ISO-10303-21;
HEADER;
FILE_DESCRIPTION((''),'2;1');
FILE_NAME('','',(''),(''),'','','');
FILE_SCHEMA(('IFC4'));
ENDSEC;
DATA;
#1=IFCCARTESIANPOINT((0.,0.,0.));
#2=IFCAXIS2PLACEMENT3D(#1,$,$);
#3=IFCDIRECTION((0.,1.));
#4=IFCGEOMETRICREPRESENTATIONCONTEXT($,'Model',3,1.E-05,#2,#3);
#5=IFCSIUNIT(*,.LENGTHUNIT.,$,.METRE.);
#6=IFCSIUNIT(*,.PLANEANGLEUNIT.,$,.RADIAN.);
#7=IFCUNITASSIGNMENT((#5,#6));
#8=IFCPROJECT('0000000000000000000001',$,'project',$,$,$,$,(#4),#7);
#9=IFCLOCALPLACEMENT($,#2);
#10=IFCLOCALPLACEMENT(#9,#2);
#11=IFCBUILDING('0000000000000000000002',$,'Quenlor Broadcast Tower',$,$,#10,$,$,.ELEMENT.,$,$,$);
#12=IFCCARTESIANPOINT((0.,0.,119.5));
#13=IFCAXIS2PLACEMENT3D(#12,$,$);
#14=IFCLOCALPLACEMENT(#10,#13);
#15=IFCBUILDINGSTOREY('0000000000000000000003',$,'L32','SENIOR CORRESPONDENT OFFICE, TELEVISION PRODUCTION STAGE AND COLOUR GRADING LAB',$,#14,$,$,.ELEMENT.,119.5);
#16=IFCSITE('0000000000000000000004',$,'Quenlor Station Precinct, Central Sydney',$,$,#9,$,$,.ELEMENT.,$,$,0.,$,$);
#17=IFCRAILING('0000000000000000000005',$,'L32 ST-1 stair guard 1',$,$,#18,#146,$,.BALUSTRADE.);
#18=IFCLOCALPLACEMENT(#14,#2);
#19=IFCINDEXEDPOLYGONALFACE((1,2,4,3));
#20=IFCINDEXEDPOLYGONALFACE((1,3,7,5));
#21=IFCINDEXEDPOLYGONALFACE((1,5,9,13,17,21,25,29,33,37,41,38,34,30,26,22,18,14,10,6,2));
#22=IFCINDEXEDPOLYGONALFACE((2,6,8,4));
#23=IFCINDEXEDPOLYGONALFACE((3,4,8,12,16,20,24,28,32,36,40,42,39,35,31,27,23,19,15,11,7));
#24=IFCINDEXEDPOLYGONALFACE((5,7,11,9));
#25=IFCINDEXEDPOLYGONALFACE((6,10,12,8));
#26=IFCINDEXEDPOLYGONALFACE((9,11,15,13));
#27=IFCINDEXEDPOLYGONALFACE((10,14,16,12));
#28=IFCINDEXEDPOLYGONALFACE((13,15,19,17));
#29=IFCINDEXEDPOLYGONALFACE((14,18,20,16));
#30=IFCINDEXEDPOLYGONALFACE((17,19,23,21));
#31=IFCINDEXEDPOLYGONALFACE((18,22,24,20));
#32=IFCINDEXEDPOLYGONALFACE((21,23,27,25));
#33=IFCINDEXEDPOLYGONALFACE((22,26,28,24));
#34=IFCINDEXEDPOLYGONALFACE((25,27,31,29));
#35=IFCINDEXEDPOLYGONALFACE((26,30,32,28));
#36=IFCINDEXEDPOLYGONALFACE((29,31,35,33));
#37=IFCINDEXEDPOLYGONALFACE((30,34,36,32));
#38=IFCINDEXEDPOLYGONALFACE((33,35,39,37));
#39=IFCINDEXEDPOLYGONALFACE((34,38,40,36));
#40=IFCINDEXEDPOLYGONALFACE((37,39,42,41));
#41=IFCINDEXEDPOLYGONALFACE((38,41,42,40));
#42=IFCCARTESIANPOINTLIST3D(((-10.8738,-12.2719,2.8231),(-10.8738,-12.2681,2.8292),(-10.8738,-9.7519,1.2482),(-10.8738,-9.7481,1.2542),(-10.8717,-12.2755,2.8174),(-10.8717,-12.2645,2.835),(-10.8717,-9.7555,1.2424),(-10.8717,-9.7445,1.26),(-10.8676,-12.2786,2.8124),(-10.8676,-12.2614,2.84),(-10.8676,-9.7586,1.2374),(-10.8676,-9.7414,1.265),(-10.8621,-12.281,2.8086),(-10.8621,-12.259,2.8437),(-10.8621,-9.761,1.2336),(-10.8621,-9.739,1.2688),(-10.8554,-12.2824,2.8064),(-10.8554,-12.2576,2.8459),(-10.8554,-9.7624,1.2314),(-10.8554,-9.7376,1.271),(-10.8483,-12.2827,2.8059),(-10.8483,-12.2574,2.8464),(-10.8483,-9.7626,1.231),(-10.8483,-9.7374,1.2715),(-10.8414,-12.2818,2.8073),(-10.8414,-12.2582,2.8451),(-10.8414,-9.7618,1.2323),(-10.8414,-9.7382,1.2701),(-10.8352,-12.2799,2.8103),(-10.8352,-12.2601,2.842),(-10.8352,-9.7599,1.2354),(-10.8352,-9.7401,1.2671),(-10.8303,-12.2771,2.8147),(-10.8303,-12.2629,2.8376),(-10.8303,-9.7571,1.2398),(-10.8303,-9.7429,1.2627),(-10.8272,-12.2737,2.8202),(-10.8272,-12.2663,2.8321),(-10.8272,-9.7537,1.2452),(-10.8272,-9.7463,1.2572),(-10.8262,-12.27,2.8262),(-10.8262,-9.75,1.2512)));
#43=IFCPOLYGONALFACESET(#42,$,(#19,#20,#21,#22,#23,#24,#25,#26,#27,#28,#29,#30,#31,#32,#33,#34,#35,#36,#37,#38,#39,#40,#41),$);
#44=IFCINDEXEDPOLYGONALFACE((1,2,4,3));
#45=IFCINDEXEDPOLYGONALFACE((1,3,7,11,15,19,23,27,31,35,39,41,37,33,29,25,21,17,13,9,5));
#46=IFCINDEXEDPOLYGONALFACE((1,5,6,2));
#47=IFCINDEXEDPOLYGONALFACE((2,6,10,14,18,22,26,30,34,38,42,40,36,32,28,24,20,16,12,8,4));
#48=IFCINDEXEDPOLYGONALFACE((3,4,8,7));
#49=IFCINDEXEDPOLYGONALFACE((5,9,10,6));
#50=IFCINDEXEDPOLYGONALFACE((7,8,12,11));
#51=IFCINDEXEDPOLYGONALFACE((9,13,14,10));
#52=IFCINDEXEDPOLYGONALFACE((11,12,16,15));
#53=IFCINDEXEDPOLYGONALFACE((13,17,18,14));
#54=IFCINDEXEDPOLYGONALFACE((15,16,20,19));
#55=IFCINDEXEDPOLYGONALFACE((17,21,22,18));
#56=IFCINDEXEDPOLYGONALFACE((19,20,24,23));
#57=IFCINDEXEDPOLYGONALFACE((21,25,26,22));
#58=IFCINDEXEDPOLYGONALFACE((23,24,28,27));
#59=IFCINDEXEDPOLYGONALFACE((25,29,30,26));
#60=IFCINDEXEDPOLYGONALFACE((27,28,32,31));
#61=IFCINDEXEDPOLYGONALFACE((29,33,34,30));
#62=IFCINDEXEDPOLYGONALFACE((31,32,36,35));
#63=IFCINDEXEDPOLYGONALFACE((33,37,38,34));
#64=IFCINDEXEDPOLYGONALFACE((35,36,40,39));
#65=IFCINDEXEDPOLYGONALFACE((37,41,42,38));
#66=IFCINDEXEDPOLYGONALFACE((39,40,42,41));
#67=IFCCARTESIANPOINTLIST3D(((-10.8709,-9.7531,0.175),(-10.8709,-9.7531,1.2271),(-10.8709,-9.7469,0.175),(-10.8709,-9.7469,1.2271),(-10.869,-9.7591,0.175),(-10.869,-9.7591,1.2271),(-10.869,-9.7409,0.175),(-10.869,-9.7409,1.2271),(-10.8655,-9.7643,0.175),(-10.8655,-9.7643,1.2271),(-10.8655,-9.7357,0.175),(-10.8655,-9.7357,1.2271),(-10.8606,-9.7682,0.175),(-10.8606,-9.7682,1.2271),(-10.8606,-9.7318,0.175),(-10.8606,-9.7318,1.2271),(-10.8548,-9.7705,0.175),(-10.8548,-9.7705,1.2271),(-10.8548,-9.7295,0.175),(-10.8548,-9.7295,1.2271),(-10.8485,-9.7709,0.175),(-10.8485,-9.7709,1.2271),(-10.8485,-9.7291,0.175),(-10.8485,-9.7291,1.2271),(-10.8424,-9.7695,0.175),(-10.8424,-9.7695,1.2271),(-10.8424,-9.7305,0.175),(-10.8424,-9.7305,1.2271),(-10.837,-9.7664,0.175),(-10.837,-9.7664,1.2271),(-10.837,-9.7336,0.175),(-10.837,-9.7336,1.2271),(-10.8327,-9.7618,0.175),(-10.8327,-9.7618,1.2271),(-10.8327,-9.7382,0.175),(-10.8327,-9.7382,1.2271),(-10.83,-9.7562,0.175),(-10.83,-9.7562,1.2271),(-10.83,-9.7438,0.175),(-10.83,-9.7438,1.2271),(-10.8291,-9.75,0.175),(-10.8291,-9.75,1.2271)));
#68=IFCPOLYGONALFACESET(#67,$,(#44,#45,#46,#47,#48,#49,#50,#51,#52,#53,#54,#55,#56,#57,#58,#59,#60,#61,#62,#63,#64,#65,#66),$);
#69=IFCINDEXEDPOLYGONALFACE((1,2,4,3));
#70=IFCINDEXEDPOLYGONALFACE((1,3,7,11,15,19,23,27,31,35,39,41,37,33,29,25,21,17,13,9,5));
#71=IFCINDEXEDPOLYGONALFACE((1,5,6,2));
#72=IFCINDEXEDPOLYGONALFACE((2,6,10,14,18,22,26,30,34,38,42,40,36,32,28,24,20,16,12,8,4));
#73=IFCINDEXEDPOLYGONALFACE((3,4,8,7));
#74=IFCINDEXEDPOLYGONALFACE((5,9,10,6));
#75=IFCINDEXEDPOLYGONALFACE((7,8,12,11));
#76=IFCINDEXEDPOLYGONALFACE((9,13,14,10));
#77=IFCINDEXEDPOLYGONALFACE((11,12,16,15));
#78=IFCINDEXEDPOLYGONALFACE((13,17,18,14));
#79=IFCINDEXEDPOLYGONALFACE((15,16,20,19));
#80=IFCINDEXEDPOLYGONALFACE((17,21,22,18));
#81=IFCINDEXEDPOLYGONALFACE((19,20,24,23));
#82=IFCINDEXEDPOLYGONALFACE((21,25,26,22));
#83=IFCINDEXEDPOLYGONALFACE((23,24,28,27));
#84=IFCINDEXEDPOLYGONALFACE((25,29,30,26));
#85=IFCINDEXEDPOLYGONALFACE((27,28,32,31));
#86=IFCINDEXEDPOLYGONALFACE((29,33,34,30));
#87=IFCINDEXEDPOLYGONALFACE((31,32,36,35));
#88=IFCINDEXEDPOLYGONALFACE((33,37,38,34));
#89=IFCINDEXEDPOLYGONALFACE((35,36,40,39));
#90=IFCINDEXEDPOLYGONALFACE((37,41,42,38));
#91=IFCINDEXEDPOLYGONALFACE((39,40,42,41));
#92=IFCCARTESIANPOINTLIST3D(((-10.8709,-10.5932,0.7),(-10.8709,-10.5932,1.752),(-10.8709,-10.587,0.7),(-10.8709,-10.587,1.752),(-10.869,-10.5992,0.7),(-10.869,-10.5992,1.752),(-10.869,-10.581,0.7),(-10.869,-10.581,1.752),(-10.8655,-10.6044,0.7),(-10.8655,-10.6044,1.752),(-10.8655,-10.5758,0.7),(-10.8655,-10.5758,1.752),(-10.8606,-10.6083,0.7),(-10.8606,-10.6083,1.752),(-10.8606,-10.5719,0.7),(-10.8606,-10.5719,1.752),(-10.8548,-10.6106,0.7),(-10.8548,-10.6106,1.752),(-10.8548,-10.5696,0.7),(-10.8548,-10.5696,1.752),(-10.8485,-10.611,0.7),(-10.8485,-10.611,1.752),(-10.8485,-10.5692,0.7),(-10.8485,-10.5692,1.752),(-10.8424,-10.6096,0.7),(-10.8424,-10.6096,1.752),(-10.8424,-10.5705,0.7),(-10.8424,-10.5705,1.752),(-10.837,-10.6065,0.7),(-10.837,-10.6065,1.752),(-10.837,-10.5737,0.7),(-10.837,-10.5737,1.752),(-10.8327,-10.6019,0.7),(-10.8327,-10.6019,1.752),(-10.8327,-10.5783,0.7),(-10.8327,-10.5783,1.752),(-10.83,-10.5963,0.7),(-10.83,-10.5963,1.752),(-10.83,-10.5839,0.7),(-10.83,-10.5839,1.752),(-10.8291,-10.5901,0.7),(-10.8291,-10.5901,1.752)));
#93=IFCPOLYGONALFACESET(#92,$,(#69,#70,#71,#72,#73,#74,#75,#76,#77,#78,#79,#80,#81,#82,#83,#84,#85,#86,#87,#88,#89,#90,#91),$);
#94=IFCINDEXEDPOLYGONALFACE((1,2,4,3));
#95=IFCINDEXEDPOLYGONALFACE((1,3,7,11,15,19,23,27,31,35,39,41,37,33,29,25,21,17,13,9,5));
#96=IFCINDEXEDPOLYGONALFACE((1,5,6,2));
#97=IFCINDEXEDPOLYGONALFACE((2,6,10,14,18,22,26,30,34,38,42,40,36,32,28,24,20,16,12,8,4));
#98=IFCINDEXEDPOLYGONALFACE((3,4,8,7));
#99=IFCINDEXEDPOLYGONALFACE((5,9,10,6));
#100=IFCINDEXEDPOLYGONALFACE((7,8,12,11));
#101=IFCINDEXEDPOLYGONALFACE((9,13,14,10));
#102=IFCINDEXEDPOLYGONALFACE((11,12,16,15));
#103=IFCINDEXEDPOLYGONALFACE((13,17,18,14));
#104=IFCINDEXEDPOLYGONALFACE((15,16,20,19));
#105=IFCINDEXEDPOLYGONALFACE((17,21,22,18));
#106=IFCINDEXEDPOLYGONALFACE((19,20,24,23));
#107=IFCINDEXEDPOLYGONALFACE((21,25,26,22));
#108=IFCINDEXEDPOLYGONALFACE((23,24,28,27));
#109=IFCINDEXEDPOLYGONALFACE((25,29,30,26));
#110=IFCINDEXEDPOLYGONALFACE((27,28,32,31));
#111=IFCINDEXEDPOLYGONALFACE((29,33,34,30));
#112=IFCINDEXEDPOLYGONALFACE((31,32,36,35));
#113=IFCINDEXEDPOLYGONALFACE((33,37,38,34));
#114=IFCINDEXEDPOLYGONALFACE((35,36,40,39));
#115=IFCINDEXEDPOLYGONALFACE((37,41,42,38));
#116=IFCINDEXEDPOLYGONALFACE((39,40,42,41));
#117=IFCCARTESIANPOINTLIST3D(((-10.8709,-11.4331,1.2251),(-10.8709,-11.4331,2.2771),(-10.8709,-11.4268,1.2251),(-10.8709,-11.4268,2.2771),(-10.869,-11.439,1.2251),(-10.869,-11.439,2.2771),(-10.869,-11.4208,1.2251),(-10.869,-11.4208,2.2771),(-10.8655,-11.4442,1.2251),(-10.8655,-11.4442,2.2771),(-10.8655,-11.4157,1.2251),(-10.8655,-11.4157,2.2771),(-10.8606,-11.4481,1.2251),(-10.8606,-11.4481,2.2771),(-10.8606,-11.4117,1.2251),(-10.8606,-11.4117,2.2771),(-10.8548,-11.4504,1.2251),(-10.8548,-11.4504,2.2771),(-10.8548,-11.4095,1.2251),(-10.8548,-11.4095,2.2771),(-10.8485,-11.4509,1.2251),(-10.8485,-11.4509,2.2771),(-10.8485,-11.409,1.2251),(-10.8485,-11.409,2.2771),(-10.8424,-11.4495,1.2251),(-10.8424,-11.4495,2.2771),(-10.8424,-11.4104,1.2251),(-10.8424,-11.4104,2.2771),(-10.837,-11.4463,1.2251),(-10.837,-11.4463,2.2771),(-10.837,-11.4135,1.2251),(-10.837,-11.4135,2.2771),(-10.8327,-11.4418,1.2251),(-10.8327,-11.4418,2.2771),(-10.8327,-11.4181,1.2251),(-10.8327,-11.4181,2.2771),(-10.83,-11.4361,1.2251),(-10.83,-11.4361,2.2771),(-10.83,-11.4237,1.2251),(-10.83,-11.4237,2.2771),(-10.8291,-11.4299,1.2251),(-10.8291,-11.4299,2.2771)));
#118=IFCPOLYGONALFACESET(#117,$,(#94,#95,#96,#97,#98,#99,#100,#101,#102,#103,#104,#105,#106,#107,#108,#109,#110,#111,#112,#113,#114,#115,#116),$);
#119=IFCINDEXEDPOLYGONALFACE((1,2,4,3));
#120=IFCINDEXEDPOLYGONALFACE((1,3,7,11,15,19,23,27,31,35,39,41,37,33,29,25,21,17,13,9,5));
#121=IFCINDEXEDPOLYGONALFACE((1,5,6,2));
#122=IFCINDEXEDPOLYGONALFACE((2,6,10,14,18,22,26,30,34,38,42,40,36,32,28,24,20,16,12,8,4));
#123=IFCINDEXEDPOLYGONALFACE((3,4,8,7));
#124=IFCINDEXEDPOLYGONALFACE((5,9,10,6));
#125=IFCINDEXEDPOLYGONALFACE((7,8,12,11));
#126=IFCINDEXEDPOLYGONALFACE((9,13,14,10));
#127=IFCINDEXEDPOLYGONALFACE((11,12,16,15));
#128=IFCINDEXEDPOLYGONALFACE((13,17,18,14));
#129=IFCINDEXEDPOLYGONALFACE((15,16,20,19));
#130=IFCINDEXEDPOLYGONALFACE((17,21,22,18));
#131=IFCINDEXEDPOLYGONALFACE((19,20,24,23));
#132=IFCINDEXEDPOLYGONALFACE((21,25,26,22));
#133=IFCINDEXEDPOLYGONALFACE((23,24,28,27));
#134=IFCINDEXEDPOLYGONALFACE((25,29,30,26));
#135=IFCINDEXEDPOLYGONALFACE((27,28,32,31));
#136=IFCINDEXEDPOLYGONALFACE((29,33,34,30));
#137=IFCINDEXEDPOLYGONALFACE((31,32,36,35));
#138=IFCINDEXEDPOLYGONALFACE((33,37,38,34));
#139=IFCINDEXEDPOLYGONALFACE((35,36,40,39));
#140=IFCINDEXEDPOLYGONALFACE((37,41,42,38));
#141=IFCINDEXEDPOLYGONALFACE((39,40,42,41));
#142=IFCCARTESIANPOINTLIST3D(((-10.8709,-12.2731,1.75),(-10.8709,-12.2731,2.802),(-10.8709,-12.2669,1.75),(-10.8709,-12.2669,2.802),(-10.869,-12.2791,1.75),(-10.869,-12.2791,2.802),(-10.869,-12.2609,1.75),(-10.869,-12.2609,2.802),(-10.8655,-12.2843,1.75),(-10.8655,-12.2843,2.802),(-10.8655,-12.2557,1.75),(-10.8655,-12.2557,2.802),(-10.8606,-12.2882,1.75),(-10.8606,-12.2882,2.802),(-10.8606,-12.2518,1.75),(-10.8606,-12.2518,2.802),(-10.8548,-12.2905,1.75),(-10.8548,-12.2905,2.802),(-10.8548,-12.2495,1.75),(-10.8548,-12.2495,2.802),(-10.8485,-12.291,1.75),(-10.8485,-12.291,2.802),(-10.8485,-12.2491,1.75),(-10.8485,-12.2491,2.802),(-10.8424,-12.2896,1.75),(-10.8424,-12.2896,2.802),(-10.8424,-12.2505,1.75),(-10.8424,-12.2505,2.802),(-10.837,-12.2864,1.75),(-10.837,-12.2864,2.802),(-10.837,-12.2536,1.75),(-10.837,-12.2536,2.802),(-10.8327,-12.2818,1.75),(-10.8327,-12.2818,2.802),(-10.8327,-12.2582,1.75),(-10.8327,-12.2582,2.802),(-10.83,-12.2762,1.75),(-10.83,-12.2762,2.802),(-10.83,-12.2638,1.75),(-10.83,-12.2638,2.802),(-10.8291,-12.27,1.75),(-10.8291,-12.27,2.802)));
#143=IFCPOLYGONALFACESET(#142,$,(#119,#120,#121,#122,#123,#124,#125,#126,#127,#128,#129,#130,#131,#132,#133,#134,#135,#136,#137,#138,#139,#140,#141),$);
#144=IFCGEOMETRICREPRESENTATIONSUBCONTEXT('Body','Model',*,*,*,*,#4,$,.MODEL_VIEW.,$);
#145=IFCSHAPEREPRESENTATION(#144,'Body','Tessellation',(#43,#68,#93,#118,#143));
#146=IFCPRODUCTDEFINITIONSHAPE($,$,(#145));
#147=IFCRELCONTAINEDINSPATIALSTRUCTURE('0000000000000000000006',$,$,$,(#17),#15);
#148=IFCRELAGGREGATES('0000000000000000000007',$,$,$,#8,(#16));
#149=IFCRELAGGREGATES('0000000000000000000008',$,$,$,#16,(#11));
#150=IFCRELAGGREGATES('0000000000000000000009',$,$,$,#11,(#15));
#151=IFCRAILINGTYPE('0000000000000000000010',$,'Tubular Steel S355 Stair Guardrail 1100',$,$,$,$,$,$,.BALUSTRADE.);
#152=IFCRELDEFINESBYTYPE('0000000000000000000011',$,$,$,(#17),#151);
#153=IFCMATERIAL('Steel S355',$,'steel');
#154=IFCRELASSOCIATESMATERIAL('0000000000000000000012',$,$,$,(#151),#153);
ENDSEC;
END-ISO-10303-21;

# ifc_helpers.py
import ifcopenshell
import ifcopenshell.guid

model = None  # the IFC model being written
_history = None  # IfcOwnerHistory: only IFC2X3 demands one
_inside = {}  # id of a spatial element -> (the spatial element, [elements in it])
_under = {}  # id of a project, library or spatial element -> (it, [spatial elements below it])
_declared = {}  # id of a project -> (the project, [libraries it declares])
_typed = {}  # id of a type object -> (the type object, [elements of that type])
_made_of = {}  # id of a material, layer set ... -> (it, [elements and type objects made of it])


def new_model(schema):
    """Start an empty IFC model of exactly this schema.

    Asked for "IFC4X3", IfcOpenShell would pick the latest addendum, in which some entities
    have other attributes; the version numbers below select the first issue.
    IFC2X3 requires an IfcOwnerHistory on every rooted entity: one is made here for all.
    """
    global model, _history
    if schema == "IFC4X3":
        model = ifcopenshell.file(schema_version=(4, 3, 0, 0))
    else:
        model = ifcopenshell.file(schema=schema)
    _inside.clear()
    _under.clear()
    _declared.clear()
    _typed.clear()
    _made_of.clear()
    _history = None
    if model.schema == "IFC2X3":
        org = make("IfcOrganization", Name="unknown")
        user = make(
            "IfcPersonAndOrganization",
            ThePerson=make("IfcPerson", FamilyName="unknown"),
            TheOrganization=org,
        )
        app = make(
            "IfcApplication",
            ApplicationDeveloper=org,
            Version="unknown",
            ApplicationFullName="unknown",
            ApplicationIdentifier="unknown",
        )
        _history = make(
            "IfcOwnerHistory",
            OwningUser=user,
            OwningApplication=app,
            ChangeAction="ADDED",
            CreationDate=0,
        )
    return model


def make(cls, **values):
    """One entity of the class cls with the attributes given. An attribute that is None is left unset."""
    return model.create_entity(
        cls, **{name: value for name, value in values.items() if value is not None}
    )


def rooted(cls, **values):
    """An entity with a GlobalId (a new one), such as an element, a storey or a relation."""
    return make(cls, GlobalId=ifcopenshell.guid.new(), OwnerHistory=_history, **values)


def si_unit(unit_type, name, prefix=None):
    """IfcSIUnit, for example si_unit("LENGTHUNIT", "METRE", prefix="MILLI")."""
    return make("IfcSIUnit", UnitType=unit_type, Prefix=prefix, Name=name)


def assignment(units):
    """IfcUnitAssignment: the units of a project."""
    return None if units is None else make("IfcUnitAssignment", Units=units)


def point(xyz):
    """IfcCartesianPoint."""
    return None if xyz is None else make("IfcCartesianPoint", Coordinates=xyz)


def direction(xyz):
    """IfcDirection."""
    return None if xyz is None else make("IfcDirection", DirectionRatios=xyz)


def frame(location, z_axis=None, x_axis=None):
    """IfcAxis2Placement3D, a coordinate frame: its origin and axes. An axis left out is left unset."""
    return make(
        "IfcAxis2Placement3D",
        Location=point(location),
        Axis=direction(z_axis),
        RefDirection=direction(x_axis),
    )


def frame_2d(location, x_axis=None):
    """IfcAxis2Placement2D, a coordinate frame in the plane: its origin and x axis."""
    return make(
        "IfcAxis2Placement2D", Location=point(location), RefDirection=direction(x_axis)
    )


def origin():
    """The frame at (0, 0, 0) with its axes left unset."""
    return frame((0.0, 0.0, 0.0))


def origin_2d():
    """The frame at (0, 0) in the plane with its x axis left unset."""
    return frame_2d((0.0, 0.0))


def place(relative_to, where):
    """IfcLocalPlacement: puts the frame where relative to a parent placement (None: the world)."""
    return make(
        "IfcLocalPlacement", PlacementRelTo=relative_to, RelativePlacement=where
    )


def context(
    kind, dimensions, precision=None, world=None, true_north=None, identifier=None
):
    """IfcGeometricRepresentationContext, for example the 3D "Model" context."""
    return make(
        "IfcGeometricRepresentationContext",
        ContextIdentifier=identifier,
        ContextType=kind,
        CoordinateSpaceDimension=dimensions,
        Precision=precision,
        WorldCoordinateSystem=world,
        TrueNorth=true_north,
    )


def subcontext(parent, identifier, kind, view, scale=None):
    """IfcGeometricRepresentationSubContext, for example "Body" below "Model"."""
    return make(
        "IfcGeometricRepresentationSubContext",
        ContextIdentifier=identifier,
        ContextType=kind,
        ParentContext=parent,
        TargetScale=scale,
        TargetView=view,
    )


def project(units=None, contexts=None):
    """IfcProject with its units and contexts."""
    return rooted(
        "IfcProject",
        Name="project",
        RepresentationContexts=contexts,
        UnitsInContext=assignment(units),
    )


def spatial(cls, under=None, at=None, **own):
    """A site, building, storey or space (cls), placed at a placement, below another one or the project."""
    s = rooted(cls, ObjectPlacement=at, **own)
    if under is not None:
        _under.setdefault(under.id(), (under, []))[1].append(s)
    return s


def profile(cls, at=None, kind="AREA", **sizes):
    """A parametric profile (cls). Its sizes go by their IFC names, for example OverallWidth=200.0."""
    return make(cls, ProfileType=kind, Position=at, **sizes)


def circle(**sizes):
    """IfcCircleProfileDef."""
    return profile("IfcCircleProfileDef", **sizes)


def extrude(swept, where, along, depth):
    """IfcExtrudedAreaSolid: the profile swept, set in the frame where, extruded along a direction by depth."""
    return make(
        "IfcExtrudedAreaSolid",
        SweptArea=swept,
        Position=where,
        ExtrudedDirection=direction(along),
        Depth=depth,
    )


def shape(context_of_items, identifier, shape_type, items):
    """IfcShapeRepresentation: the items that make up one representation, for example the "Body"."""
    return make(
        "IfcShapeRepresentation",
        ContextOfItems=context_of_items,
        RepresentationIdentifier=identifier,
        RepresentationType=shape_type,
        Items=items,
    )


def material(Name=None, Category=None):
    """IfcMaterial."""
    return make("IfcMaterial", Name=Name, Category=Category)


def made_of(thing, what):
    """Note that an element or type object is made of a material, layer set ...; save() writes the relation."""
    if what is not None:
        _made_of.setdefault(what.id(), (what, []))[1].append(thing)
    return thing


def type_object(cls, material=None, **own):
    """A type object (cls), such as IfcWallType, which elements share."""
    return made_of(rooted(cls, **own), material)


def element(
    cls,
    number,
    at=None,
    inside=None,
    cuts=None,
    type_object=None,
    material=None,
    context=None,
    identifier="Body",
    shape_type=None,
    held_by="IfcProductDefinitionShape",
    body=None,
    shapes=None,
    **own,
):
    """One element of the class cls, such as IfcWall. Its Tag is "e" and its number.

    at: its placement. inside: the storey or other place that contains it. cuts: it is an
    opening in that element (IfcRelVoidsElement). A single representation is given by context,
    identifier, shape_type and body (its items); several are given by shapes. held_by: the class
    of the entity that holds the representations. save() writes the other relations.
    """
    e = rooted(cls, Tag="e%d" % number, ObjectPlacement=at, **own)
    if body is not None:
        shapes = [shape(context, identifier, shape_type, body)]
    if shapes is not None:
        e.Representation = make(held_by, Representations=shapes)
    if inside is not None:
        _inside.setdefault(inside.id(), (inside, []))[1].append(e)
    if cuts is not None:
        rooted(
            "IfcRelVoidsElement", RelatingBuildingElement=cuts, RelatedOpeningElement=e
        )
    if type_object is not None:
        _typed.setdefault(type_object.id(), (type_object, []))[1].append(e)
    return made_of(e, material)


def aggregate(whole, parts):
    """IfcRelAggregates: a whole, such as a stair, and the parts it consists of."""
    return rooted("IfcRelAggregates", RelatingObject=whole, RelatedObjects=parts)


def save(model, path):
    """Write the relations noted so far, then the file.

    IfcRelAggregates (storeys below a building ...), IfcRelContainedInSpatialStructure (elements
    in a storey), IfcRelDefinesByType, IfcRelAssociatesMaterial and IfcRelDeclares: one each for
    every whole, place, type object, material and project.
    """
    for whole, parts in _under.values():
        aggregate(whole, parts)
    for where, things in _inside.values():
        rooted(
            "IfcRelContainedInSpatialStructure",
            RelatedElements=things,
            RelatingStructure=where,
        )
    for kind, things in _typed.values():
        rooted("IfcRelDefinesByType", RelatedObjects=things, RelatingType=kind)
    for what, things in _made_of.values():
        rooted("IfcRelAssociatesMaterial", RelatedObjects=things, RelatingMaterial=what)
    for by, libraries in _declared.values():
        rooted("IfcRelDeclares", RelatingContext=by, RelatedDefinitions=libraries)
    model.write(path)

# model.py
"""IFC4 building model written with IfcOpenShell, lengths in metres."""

from ifc_helpers import new_model, si_unit, direction, frame, origin, origin_2d, place, context, subcontext, project, spatial, circle, extrude, material, type_object, element, save


model = new_model("IFC4")

# Units and contexts
model_context = context("Model", 3, precision=1e-05, world=origin(), true_north=direction((0.0, 1.0)))
body_context = subcontext(model_context, "Body", "Model", "MODEL_VIEW")
ifc_project = project(units=[si_unit("LENGTHUNIT", "METRE"), si_unit("PLANEANGLEUNIT", "RADIAN")], contexts=[model_context])

# Site, building, storey
site_placement = place(None, origin())
site = spatial("IfcSite", under=ifc_project, at=site_placement, Name="Quenlor Station Precinct, Central Sydney", CompositionType="ELEMENT", RefElevation=0.0)
building_placement = place(site_placement, origin())
building = spatial("IfcBuilding", under=site, at=building_placement, Name="Quenlor Broadcast Tower", CompositionType="ELEMENT")
storey_placement = place(building_placement, frame((0.0, 0.0, 119.5)))
storey = spatial("IfcBuildingStorey", under=building, at=storey_placement, Name="L32", Description="SENIOR CORRESPONDENT OFFICE, TELEVISION PRODUCTION STAGE AND COLOUR GRADING LAB", CompositionType="ELEMENT", Elevation=119.5)

# Railing
ifc_material_1 = material(Name="Steel S355", Category="steel")
railing_type_1 = type_object("IfcRailingType", Name="Tubular Steel S355 Stair Guardrail 1100", PredefinedType="BALUSTRADE", material=ifc_material_1)
railing_1_placement = place(storey_placement, frame((-10.8501, -9.75, 0.175)))
element("IfcRailing", 1, at=railing_1_placement, inside=storey, type_object=railing_type_1, Name="L32 ST-1 stair guard 1", PredefinedType="BALUSTRADE", context=body_context, shape_type="SweptSolid", body=[
    extrude(circle(Radius=0.0239, at=origin_2d()), frame((0.0, 0.0, 1.0762), z_axis=(0.0, -0.848008, 0.529984), x_axis=(1.0, 0.0, 0.0)), (0.0, 0.0, 1.0), 2.9717),
    extrude(circle(Radius=0.021, at=origin_2d()), origin(), (0.0, 0.0, 1.0), 1.052),
    extrude(circle(Radius=0.021, at=origin_2d()), frame((0.0, -0.8401, 0.5249)), (0.0, 0.0, 1.0), 1.052),
    extrude(circle(Radius=0.021, at=origin_2d()), frame((0.0, -1.6799, 1.05)), (0.0, 0.0, 1.0), 1.052),
    extrude(circle(Radius=0.021, at=origin_2d()), frame((0.0, -2.52, 1.575)), (0.0, 0.0, 1.0), 1.052),
])

save(model, "model.ifc")
